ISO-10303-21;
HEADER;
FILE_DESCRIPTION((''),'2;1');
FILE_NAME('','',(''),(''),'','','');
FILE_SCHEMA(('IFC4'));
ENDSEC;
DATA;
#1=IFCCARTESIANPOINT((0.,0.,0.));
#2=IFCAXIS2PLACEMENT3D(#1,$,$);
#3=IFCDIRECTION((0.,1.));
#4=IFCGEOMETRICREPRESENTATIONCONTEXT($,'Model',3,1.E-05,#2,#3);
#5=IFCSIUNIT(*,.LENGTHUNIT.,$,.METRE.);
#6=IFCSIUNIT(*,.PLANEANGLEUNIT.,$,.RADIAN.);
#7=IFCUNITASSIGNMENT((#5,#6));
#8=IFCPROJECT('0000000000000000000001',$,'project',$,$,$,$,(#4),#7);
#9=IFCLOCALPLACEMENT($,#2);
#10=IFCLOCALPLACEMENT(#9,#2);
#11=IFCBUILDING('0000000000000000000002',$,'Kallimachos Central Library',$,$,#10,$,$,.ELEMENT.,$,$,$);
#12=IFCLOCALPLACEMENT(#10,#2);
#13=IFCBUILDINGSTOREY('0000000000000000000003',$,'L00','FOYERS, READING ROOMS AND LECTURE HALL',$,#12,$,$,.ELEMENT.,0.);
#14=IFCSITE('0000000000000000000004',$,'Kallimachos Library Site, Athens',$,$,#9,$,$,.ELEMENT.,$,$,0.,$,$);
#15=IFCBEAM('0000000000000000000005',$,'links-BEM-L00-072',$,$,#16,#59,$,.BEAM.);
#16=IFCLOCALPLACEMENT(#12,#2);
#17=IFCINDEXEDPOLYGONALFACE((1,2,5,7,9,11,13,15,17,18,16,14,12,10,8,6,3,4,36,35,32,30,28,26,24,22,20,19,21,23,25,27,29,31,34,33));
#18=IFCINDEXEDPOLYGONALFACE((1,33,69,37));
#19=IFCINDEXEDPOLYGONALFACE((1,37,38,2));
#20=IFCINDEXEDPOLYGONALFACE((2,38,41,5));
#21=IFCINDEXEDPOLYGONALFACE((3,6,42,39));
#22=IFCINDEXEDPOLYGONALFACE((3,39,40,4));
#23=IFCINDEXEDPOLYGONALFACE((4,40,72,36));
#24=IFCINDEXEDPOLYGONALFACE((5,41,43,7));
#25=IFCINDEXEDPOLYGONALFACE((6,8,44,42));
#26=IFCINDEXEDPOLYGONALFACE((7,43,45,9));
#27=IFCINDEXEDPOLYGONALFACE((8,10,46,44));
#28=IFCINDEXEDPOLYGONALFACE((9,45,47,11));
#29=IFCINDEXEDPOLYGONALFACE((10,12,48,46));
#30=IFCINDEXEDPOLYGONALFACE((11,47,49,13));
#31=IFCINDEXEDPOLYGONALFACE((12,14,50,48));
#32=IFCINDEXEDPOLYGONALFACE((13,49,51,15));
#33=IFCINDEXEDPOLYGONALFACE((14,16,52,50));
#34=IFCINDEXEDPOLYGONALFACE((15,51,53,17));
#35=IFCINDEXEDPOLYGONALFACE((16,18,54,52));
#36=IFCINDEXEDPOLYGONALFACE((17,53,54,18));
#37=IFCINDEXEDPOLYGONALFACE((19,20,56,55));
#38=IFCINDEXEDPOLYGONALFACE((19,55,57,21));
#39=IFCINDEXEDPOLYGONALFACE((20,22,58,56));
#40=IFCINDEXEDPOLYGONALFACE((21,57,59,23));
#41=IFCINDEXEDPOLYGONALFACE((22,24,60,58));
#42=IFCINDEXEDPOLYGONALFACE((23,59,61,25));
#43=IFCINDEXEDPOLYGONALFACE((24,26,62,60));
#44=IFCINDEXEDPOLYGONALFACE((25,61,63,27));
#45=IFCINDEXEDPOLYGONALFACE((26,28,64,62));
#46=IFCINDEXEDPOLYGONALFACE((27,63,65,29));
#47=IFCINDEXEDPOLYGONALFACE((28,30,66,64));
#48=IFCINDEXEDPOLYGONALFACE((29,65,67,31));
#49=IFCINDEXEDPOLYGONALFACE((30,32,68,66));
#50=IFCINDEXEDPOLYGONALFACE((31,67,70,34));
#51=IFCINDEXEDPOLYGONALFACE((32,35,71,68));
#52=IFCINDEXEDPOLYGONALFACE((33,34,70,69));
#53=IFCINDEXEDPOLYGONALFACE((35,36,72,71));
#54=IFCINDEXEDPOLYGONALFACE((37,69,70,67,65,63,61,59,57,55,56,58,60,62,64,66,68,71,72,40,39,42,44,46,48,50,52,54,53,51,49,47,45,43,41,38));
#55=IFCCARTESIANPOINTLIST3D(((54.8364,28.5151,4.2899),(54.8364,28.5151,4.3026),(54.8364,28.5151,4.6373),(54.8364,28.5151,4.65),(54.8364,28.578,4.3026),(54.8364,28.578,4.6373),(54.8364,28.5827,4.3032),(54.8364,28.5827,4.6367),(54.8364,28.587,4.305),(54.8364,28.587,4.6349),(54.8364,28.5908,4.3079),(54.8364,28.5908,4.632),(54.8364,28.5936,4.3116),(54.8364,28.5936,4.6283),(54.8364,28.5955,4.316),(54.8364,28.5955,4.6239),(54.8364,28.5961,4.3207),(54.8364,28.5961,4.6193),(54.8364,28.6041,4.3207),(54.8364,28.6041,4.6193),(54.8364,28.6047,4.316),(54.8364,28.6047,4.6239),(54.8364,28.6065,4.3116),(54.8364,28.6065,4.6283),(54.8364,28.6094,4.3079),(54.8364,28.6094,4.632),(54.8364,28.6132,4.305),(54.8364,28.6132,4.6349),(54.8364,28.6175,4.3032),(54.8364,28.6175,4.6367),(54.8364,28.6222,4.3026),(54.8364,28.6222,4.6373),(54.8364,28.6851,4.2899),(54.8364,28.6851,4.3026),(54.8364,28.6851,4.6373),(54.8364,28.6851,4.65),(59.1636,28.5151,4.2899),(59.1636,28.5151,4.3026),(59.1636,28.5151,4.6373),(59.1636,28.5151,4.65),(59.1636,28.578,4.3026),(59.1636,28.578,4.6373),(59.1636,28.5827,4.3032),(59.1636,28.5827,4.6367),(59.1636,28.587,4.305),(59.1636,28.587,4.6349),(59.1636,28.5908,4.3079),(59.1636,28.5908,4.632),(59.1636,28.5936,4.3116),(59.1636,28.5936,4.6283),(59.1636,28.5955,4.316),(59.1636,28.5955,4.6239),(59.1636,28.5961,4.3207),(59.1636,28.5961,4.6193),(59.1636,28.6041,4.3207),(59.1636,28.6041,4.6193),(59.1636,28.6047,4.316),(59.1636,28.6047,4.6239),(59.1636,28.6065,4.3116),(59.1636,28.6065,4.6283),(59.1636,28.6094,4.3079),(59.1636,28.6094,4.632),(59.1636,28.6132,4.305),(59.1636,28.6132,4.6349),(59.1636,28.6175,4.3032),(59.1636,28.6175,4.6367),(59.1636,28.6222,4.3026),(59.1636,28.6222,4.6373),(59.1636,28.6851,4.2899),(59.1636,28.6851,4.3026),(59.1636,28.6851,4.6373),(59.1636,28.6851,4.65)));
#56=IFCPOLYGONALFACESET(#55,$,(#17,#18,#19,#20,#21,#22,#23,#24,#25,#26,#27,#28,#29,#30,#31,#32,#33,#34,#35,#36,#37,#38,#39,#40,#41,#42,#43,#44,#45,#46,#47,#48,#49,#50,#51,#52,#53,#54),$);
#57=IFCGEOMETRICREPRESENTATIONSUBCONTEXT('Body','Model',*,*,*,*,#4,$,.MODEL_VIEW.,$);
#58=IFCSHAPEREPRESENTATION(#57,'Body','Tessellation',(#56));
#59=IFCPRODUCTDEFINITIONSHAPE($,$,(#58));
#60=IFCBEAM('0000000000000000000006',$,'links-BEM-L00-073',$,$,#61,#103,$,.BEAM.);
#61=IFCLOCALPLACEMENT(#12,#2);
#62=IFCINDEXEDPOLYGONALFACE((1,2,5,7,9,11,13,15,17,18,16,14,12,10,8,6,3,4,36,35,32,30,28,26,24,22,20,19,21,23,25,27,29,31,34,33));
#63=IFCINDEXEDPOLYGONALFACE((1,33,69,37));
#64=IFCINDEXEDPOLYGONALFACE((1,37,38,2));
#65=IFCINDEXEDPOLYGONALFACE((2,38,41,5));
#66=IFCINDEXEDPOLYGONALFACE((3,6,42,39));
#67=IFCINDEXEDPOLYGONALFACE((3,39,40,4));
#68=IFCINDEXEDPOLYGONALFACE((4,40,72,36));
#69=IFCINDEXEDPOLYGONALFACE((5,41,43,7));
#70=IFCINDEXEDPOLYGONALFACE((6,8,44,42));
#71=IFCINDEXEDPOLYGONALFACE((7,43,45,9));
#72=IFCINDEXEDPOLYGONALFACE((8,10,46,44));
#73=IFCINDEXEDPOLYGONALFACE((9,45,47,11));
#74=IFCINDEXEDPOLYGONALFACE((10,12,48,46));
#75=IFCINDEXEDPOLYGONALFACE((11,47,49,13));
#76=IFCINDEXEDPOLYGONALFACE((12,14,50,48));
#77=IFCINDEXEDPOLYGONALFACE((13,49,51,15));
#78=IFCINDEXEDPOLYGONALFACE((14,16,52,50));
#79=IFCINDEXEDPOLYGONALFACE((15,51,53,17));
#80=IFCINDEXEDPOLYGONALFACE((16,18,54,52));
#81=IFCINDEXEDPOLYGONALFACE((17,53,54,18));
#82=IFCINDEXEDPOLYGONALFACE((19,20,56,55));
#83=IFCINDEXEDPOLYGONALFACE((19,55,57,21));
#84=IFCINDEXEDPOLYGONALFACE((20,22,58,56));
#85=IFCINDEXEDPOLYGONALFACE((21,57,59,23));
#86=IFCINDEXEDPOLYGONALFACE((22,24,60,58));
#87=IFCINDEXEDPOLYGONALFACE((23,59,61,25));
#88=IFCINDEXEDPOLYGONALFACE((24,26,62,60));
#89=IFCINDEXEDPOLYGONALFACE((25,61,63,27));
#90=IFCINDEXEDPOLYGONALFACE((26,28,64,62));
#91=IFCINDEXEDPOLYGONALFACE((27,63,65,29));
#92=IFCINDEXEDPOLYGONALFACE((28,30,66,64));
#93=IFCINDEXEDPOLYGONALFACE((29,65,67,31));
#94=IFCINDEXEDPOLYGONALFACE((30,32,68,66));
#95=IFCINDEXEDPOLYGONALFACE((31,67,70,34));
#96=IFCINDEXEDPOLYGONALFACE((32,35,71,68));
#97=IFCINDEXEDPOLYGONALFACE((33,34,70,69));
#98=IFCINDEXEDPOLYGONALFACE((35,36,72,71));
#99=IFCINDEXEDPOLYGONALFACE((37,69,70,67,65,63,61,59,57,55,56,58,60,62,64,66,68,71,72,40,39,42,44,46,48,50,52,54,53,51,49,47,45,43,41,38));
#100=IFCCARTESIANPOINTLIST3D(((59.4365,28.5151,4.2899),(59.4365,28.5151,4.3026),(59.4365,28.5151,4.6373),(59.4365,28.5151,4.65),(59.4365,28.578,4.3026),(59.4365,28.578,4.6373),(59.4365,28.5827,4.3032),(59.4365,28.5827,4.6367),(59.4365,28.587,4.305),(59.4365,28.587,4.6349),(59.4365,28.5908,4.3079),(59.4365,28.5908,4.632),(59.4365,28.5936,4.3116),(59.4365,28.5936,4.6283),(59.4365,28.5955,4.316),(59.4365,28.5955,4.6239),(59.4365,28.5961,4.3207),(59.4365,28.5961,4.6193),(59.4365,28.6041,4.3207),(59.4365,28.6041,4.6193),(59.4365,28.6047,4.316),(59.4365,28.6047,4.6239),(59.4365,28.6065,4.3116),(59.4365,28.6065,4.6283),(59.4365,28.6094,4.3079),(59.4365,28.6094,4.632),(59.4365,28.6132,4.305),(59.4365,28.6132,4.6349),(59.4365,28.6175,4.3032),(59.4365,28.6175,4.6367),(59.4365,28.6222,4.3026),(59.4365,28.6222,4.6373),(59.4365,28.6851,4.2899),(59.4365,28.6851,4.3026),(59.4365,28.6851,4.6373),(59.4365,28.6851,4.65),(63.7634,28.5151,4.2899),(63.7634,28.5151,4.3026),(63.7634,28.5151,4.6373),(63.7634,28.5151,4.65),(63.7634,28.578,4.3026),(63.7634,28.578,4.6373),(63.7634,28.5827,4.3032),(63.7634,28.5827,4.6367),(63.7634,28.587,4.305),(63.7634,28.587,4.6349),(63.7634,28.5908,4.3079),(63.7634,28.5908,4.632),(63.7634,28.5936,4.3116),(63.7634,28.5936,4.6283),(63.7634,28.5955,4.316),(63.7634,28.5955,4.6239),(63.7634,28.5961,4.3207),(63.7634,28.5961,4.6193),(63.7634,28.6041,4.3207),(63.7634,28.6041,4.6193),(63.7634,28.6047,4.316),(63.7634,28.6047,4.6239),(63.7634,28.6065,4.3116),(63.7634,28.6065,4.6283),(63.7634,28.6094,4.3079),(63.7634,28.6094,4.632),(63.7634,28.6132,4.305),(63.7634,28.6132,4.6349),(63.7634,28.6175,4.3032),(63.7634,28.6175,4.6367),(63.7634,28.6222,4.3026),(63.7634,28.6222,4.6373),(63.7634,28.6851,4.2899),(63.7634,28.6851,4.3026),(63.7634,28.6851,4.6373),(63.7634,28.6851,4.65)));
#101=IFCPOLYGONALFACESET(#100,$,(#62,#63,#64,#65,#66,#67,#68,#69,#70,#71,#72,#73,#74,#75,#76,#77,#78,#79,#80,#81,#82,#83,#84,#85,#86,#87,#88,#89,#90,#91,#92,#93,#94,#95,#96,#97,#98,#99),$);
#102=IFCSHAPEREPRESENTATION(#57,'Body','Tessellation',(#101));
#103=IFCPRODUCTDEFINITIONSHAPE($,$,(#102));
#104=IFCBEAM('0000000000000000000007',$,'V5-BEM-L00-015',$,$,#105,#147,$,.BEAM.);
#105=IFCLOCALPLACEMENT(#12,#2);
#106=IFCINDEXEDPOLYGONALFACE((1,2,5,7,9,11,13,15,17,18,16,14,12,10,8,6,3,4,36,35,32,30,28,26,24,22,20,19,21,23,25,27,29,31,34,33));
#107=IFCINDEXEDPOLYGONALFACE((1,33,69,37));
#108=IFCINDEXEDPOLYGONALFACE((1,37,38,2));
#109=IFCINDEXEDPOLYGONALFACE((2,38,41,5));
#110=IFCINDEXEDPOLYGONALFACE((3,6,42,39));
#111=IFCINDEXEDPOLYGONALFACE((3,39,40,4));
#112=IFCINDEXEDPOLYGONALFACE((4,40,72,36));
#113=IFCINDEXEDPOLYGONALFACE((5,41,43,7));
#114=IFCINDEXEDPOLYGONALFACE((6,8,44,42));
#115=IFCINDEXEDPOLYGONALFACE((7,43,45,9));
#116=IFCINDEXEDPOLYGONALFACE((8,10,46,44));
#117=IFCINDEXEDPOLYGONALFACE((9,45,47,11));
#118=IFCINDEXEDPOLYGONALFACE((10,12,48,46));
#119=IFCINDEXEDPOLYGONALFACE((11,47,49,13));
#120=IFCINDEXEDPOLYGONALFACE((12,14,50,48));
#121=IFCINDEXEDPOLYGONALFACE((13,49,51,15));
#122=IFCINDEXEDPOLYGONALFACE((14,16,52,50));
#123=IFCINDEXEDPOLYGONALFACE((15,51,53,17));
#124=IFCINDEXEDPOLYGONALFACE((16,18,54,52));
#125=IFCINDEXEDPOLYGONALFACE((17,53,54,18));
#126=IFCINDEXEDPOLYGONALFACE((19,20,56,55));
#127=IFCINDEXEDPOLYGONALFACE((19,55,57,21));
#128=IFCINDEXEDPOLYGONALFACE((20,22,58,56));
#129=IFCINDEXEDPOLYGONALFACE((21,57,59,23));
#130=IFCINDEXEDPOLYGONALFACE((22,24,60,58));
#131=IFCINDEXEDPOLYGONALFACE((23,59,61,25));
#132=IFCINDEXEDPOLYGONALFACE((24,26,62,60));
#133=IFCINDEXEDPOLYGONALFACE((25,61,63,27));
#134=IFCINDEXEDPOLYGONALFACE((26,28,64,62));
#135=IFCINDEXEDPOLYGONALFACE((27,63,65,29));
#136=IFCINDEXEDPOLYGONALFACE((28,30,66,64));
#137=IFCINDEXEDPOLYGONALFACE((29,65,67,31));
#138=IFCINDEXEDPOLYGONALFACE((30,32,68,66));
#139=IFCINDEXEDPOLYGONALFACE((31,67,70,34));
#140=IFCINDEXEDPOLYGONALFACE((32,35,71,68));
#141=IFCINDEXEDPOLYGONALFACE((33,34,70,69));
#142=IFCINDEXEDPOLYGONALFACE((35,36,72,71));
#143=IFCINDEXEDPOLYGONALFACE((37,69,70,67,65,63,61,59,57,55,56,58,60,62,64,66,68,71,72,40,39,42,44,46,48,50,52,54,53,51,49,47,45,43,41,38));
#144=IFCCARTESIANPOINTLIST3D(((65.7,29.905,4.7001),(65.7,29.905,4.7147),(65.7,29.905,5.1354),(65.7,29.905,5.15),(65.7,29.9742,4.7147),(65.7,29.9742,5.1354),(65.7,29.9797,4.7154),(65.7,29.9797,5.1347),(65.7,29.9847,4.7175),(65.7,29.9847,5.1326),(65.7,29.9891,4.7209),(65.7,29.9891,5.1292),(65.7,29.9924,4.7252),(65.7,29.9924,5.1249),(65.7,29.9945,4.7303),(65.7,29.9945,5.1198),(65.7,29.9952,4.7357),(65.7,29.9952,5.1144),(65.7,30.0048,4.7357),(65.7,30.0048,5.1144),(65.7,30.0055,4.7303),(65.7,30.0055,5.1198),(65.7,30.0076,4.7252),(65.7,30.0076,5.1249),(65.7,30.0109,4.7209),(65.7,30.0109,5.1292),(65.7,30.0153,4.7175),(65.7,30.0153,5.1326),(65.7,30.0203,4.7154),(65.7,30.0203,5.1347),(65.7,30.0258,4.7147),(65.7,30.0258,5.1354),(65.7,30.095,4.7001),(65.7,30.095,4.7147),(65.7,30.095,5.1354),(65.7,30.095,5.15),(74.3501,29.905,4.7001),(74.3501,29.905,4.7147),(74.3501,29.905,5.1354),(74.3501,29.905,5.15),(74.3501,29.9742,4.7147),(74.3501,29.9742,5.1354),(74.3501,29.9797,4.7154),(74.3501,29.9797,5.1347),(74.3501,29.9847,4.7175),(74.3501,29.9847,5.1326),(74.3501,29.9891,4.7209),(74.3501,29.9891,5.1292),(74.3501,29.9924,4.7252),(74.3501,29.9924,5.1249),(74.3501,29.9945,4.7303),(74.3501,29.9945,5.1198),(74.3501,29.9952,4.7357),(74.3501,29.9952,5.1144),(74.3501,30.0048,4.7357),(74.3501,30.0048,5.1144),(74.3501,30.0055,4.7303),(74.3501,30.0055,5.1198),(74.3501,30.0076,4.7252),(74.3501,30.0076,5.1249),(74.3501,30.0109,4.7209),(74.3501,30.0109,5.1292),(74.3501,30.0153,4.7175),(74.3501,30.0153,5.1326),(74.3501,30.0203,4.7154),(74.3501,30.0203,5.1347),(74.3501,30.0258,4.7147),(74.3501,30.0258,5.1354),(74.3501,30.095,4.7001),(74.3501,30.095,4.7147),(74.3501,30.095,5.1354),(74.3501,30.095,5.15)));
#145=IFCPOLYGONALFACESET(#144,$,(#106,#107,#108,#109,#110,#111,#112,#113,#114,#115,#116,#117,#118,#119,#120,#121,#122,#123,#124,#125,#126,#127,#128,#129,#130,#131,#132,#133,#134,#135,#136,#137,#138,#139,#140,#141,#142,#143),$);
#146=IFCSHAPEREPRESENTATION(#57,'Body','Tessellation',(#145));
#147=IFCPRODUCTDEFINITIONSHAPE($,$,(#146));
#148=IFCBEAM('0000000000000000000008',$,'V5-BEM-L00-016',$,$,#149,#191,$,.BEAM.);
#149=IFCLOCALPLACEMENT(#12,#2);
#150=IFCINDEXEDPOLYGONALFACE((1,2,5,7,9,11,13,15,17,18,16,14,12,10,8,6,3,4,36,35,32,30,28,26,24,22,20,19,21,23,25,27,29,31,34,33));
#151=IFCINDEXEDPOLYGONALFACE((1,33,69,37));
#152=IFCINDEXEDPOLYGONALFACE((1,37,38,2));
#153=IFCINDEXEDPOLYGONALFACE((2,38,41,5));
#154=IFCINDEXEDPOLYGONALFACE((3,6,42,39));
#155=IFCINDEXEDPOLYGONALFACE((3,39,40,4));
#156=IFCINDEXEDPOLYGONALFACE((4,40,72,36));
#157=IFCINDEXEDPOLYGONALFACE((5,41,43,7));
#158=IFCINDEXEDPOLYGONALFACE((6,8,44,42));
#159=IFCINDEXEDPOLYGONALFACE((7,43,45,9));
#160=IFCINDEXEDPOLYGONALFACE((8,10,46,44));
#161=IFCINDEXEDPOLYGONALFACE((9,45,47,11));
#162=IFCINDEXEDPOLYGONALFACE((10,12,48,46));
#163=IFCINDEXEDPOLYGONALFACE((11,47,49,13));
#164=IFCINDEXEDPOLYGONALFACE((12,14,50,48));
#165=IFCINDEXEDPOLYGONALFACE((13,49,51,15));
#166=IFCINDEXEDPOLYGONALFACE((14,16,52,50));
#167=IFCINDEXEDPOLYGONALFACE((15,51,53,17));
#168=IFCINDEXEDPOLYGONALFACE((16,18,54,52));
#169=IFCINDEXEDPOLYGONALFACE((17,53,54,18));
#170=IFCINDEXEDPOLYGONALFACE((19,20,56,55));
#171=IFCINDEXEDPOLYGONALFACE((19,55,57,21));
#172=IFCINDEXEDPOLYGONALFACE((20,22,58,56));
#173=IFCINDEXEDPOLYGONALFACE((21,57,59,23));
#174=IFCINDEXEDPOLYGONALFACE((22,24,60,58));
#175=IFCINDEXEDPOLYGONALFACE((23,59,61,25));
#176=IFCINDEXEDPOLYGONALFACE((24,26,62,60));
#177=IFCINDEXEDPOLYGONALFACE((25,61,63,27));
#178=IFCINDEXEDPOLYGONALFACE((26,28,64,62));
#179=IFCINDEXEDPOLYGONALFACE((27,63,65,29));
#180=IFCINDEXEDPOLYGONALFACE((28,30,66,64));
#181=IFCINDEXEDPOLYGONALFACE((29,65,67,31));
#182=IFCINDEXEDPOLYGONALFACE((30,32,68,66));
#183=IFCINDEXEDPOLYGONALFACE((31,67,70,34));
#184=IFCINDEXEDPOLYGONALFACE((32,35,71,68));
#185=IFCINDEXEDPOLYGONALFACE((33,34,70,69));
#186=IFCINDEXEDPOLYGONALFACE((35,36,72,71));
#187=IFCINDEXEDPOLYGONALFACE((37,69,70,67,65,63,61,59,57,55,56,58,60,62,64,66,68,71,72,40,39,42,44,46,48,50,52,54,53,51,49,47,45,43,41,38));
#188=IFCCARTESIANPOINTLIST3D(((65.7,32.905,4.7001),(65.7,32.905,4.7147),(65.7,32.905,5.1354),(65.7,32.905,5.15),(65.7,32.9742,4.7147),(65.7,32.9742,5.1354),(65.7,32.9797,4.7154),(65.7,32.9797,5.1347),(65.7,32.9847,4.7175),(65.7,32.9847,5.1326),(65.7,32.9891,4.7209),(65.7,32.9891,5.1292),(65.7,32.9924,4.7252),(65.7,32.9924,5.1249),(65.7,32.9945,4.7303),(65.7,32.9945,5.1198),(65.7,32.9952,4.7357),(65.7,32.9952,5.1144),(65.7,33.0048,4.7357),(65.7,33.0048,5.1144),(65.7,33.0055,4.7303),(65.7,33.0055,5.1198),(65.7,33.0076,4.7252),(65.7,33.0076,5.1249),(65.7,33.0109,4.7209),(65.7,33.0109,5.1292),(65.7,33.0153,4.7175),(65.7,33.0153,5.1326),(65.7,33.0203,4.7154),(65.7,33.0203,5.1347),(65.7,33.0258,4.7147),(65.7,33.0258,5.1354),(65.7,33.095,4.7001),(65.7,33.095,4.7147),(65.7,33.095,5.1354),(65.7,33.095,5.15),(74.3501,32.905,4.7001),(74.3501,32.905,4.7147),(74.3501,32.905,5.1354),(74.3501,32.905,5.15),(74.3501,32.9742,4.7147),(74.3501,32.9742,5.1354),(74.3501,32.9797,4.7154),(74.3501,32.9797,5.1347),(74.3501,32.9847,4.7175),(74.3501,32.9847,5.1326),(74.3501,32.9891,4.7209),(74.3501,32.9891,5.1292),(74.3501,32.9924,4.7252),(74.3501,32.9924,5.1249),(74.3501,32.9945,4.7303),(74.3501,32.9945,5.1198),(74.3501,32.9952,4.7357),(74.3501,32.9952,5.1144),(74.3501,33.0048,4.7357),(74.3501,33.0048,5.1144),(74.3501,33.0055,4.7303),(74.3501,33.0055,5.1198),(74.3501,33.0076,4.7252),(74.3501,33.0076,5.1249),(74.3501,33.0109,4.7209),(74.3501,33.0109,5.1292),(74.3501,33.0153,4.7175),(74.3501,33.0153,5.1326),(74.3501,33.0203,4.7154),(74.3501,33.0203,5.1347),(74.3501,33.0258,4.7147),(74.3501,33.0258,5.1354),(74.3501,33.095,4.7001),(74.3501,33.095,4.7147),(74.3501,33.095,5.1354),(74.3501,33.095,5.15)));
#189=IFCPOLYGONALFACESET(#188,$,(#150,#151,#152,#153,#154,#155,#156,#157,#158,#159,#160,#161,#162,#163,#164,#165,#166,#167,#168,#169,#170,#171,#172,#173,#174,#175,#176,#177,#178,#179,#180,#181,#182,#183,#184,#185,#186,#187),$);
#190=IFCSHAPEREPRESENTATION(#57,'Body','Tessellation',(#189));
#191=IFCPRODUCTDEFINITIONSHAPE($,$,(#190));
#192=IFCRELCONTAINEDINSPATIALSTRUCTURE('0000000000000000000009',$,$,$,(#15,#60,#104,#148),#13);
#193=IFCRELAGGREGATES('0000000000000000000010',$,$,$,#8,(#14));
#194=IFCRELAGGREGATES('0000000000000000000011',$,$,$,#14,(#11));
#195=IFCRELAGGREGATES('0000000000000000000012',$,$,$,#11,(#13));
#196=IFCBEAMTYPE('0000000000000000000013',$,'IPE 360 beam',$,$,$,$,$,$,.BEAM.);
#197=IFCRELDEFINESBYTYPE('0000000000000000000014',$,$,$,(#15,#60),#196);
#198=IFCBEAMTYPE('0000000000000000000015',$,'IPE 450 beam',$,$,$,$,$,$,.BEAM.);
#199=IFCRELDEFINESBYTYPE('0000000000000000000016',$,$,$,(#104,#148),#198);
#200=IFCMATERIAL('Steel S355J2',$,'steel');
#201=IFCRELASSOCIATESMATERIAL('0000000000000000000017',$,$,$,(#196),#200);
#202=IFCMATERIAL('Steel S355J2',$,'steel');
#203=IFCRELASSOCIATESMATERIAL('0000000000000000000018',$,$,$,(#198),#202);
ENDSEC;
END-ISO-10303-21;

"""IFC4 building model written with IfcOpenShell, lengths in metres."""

from ifc_helpers import new_model, si_unit, direction, frame, origin, origin_2d, place, context, subcontext, project, spatial, i_section, extrude, material, material_profile, profile_set, type_object, element, save


model = new_model("IFC4")

# Units and contexts
model_context = context("Model", 3, precision=1e-05, world=origin(), true_north=direction((0.0, 1.0)))
body_context = subcontext(model_context, "Body", "Model", "MODEL_VIEW")
ifc_project = project(units=[si_unit("LENGTHUNIT", "METRE"), si_unit("PLANEANGLEUNIT", "RADIAN")], contexts=[model_context])

# Site, building, storey
site_placement = place(None, origin())
site = spatial("IfcSite", under=ifc_project, at=site_placement, Name="Kallimachos Library Site, Athens", CompositionType="ELEMENT", RefElevation=0.0)
building_placement = place(site_placement, origin())
building = spatial("IfcBuilding", under=site, at=building_placement, Name="Kallimachos Central Library", CompositionType="ELEMENT")
storey_placement = place(building_placement, origin())
storey = spatial("IfcBuildingStorey", under=building, at=storey_placement, Name="L00", Description="FOYERS, READING ROOMS AND LECTURE HALL", CompositionType="ELEMENT", Elevation=0.0)

# Beams
ifc_material_1 = material(Name="Steel S355J2", Category="steel")
ifc_material_profile_1 = material_profile(ifc_material_1, i_section(OverallWidth=0.1699, OverallDepth=0.3601, WebThickness=0.0081, FlangeThickness=0.0127, FilletRadius=0.0181, at=origin_2d()), Name="IPE 360")
ifc_profile_set_1 = profile_set([ifc_material_profile_1], Name="Steel S355J2")
beam_type_1 = type_object("IfcBeamType", Name="IPE 360 beam", PredefinedType="BEAM", material=ifc_profile_set_1)
beam_1_placement = place(storey_placement, frame((54.8364, 28.6001, 4.47), z_axis=(1.0, 0.0, 0.0), x_axis=(0.0, 1.0, 0.0)))
element("IfcBeam", 1, at=beam_1_placement, inside=storey, type_object=beam_type_1, Name="links-BEM-L00-072", PredefinedType="BEAM", context=body_context, shape_type="SweptSolid", body=[
    extrude(i_section(OverallWidth=0.1699, OverallDepth=0.3601, WebThickness=0.0081, FlangeThickness=0.0127, FilletRadius=0.0181, at=origin_2d()), origin(), (0.0, 0.0, 1.0), 4.3271),
])
beam_2_placement = place(storey_placement, frame((59.4365, 28.6001, 4.47), z_axis=(1.0, 0.0, 0.0), x_axis=(0.0, 1.0, 0.0)))
element("IfcBeam", 2, at=beam_2_placement, inside=storey, type_object=beam_type_1, Name="links-BEM-L00-073", PredefinedType="BEAM", context=body_context, shape_type="SweptSolid", body=[
    extrude(i_section(OverallWidth=0.1699, OverallDepth=0.3601, WebThickness=0.0081, FlangeThickness=0.0127, FilletRadius=0.0181, at=origin_2d()), origin(), (0.0, 0.0, 1.0), 4.3269),
])
ifc_material_2 = material(Name="Steel S355J2", Category="steel")
ifc_material_profile_2 = material_profile(ifc_material_2, i_section(OverallWidth=0.1899, OverallDepth=0.45, WebThickness=0.0095, FlangeThickness=0.0146, FilletRadius=0.021, at=origin_2d()), Name="IPE 450")
ifc_profile_set_2 = profile_set([ifc_material_profile_2], Name="Steel S355J2")
beam_type_2 = type_object("IfcBeamType", Name="IPE 450 beam", PredefinedType="BEAM", material=ifc_profile_set_2)
for number, where, z_axis, x_axis, name in (
    (3, (65.7, 30.0, 4.925), (1.0, 0.0, 0.0), (0.0, 1.0, 0.0), "V5-BEM-L00-015"),
    (4, (65.7, 33.0, 4.925), (1.0, 0.0, 0.0), (0.0, 1.0, 0.0), "V5-BEM-L00-016"),
):
    element("IfcBeam", number, at=place(storey_placement, frame(where, z_axis=z_axis, x_axis=x_axis)), inside=storey, type_object=beam_type_2, Name=name, PredefinedType="BEAM", context=body_context, shape_type="SweptSolid", body=[
        extrude(i_section(OverallWidth=0.1899, OverallDepth=0.45, WebThickness=0.0095, FlangeThickness=0.0146, FilletRadius=0.021, at=origin_2d()), origin(), (0.0, 0.0, 1.0), 8.6501),
    ])

save(model, "model.ifc")
